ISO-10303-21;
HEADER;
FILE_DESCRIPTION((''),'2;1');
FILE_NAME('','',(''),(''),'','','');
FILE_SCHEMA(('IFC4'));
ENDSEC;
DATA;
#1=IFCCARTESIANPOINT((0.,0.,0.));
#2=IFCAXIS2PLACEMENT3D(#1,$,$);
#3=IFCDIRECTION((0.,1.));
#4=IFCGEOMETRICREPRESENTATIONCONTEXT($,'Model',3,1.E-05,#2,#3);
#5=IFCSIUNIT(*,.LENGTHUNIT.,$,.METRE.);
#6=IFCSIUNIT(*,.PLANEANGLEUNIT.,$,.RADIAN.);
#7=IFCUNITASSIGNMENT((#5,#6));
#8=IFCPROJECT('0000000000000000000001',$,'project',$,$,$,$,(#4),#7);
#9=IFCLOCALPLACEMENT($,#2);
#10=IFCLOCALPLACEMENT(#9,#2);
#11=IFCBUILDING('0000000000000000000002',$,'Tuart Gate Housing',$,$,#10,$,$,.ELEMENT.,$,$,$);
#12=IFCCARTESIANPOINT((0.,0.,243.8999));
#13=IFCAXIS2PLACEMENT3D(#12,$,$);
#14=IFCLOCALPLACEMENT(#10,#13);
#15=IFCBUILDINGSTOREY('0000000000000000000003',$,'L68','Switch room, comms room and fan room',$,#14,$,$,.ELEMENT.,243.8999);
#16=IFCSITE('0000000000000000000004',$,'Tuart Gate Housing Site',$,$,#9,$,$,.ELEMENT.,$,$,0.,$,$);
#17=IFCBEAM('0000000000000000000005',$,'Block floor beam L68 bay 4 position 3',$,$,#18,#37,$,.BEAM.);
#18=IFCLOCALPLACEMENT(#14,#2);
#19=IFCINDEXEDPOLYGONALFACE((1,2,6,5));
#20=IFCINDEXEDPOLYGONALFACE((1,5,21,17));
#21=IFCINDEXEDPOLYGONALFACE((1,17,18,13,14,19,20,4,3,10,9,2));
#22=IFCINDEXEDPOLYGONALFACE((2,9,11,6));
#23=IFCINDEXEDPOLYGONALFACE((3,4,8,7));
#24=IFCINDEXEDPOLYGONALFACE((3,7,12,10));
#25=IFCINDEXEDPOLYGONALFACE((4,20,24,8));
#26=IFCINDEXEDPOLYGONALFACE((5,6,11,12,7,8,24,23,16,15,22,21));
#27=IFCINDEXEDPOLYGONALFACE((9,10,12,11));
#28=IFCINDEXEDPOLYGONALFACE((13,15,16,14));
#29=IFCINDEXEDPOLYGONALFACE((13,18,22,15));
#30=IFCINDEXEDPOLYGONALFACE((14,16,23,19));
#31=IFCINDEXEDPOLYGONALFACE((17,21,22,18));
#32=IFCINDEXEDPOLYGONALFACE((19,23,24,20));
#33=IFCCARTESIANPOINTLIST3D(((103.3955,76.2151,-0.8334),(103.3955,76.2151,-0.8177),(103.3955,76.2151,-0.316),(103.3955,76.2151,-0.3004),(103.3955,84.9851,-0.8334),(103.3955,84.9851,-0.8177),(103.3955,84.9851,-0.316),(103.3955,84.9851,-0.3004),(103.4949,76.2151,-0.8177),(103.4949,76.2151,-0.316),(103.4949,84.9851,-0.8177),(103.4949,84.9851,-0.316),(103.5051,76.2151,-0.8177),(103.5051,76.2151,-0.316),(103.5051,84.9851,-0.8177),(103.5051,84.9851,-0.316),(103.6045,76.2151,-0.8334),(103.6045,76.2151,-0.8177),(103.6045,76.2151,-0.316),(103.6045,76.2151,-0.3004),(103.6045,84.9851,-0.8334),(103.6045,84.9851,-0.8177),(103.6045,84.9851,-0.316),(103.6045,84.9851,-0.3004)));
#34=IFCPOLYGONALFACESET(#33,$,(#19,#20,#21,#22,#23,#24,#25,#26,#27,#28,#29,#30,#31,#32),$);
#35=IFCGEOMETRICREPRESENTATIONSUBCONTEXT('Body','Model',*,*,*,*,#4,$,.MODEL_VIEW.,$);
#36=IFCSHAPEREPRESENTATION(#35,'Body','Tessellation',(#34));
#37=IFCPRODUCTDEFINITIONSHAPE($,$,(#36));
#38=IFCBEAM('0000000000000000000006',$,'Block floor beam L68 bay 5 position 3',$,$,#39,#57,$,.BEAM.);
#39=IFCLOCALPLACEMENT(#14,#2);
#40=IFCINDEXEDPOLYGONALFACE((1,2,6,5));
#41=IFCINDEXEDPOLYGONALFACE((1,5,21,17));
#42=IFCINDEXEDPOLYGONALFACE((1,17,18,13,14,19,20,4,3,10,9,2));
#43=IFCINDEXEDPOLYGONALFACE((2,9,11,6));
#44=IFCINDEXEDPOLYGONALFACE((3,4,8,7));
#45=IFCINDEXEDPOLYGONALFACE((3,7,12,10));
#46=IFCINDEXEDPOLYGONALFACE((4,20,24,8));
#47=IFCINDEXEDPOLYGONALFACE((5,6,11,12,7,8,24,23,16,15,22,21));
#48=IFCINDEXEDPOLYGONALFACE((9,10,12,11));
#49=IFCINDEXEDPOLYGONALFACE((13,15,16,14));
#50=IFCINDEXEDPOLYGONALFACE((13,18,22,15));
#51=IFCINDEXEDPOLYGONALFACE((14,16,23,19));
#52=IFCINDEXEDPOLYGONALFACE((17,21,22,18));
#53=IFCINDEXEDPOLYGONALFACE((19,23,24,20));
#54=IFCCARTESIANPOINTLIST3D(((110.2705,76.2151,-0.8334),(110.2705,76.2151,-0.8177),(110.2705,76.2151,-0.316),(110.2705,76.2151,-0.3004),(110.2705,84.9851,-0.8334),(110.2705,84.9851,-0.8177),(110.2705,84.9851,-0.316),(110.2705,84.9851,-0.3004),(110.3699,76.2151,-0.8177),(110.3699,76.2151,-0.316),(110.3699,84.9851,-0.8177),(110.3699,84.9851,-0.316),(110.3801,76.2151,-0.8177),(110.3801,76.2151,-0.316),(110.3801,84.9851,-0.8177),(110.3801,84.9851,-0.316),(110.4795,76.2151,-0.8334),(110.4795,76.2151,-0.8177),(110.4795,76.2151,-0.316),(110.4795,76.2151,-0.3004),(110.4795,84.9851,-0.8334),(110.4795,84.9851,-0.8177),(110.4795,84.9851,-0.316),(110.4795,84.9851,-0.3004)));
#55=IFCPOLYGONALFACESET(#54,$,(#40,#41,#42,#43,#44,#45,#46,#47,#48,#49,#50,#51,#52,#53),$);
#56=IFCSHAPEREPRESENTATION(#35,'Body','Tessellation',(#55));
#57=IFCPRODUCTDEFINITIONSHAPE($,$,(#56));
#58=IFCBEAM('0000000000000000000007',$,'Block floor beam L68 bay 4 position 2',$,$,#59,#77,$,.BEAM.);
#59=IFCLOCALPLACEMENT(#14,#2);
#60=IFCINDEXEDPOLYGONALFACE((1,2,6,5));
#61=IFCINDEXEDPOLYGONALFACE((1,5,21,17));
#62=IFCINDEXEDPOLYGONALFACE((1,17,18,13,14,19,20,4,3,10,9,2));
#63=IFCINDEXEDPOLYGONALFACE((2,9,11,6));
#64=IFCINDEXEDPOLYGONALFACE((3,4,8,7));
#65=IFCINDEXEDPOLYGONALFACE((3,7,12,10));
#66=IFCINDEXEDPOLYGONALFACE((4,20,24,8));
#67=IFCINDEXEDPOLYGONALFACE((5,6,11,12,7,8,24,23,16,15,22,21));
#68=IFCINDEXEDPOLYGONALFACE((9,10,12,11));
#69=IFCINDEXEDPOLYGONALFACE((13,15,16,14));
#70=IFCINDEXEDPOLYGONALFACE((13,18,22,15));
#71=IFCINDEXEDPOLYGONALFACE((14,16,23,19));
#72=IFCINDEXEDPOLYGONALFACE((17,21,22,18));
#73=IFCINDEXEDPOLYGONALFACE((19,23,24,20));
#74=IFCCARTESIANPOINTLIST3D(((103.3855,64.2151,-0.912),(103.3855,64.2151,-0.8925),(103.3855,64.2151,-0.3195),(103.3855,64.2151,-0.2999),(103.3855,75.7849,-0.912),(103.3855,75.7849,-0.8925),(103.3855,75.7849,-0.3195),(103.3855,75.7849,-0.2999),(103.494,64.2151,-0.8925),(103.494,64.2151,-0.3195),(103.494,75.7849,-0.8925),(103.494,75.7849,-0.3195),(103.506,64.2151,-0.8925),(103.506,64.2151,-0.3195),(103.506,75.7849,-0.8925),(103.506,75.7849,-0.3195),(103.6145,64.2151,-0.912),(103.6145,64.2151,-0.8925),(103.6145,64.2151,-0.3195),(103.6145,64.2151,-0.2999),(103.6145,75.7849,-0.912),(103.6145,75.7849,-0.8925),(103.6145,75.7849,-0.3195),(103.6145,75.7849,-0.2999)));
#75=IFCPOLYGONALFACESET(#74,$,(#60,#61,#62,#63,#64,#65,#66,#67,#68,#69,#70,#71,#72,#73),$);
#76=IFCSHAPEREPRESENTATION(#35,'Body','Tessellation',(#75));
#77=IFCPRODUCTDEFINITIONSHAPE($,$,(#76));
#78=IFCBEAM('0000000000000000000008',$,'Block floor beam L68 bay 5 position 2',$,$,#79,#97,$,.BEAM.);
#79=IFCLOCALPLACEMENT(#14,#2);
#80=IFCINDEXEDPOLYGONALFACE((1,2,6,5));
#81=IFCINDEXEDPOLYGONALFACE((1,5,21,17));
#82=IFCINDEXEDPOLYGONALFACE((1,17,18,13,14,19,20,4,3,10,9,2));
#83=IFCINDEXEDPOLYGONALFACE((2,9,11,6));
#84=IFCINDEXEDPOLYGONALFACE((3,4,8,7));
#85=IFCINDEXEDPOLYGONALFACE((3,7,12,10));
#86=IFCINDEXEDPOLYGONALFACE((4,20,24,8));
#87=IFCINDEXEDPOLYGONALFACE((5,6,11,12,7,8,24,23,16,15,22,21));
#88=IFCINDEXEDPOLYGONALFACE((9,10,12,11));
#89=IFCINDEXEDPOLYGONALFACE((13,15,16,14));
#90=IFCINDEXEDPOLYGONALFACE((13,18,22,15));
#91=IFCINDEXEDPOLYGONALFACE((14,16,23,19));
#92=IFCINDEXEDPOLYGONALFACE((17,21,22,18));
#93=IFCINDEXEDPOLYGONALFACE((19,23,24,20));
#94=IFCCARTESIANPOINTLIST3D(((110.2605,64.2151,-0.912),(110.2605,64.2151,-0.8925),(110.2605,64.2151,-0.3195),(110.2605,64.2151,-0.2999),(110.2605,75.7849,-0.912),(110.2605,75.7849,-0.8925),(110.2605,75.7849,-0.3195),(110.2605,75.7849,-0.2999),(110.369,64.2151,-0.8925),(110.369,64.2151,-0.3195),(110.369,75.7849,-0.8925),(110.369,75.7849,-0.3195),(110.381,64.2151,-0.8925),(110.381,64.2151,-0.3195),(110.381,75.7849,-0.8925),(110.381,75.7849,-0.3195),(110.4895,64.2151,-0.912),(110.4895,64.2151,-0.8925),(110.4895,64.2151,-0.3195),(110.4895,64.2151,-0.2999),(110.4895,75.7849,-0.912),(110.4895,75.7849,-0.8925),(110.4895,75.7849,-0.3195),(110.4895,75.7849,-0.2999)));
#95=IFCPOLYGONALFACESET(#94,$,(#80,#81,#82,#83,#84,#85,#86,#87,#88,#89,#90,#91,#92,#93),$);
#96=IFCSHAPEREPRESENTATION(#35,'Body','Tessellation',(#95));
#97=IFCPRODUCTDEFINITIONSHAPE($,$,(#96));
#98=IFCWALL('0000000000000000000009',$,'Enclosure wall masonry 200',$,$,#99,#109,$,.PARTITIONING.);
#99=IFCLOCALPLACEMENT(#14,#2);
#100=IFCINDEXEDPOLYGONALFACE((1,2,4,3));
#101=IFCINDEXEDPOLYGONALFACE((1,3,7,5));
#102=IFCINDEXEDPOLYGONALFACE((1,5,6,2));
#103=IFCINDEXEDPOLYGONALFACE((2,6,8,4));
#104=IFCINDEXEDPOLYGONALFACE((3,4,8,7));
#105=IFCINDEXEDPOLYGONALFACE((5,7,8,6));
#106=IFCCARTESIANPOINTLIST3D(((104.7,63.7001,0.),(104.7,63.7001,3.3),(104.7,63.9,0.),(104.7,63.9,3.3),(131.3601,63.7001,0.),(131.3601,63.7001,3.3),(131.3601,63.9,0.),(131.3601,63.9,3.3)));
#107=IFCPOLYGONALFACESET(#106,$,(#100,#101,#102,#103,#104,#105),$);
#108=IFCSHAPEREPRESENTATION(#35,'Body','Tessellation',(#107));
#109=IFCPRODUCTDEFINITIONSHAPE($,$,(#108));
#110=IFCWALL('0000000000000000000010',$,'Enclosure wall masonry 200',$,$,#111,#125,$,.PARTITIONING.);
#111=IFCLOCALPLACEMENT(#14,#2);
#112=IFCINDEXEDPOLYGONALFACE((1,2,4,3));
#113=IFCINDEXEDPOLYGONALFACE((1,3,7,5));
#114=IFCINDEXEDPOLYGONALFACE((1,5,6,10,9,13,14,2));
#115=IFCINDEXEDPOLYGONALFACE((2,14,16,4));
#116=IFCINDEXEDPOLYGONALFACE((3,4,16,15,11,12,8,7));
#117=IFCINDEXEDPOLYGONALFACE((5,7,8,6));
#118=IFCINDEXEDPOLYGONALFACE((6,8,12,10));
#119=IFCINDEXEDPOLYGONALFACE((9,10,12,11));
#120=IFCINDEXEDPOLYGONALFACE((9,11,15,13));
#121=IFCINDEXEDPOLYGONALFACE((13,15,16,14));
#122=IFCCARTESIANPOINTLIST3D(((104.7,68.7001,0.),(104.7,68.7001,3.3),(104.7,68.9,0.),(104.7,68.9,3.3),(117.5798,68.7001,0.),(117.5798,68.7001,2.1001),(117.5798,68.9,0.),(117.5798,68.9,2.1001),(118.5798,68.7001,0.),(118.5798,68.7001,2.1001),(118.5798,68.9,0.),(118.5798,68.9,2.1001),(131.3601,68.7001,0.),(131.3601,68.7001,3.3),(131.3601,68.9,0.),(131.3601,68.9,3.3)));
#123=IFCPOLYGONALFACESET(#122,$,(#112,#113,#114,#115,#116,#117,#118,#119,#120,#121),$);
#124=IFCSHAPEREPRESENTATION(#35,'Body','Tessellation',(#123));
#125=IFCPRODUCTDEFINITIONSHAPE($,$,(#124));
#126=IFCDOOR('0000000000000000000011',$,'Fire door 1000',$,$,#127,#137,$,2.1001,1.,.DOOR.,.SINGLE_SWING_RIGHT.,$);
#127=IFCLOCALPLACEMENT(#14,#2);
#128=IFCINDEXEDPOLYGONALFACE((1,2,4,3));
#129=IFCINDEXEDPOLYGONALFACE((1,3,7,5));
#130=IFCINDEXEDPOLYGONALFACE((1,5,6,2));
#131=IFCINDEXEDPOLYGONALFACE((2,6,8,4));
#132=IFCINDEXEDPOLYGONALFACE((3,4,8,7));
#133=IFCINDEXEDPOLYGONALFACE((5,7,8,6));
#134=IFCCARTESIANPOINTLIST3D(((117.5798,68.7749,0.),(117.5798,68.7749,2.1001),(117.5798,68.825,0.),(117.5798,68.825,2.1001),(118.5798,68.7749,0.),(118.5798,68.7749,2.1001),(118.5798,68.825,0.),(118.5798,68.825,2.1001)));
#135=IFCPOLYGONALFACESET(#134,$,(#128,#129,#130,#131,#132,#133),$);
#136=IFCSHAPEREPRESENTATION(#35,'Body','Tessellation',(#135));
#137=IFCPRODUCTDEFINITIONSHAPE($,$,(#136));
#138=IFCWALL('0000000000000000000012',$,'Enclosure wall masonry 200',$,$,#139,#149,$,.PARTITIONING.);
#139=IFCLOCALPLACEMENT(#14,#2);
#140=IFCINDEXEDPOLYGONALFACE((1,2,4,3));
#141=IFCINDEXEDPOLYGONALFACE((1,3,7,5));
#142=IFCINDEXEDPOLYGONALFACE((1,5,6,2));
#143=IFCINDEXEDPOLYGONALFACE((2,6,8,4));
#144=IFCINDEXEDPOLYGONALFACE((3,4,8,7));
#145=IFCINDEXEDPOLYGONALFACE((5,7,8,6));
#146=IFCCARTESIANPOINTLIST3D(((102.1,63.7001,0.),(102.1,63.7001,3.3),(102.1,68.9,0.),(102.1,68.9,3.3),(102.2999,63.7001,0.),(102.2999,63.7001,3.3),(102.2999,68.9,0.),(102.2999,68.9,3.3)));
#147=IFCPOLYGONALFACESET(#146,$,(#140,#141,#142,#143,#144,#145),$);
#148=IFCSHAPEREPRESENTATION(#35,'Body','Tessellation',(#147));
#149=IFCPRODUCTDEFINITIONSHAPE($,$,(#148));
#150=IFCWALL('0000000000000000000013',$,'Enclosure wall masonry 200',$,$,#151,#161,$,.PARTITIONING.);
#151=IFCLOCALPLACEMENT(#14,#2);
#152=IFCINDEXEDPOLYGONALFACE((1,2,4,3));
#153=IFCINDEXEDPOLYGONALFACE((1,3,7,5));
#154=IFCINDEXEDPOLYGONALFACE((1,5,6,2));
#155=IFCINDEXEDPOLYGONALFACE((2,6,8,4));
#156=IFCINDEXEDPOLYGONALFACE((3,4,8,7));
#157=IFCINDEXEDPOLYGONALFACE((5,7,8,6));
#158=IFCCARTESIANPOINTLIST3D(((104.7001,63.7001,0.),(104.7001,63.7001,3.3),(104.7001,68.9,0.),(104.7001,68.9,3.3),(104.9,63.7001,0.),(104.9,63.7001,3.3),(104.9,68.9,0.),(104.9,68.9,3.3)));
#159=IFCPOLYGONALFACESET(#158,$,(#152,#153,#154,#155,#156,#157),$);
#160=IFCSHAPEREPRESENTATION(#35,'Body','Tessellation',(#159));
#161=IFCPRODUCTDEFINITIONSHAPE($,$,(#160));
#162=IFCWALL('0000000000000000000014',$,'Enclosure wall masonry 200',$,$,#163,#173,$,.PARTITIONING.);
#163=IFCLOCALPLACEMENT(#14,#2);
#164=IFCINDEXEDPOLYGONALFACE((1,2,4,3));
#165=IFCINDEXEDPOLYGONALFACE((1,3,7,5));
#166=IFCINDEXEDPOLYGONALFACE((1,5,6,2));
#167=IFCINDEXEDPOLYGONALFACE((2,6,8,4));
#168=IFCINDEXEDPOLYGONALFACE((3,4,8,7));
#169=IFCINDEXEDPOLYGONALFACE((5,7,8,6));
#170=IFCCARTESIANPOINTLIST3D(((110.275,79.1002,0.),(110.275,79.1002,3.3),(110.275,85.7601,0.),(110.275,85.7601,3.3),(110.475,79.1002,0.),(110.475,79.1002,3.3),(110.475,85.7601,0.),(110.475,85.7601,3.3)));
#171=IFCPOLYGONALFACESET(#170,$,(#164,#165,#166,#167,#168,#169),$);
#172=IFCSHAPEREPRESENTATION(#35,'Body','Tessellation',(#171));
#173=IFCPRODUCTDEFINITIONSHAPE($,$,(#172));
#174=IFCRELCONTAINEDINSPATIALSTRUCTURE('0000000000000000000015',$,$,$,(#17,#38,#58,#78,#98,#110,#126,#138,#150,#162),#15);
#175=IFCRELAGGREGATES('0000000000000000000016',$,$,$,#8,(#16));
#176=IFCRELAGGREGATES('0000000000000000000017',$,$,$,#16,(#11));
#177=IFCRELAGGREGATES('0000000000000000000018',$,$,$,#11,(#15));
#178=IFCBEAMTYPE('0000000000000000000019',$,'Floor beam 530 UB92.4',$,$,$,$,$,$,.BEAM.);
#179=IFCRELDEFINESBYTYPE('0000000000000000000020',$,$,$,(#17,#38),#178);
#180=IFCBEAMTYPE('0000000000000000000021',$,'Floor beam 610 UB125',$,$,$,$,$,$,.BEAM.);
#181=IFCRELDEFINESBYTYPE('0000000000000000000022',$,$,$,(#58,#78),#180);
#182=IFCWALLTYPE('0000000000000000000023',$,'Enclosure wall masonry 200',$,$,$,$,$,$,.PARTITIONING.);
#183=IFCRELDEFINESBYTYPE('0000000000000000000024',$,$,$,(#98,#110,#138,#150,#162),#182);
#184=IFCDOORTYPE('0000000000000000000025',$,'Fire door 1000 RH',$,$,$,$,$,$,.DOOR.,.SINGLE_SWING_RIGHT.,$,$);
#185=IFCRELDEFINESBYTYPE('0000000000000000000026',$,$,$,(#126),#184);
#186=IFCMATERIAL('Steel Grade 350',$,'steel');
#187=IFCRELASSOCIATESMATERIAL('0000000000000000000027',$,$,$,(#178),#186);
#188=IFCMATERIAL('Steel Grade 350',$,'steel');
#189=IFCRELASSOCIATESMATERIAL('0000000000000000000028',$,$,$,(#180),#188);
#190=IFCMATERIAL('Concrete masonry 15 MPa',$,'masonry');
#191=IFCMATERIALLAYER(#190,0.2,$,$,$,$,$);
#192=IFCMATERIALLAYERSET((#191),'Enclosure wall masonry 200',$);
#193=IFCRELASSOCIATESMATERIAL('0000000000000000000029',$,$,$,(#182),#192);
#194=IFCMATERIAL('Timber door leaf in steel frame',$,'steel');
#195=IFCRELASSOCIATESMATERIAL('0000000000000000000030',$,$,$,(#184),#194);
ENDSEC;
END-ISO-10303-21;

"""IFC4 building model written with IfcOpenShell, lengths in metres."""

from ifc_helpers import new_model, si_unit, direction, frame, frame_2d, origin, origin_2d, place, context, subcontext, project, spatial, rectangle, i_section, extrude, material, layer, layer_set, material_profile, profile_set, type_object, element, fill, save


model = new_model("IFC4")

# Units and contexts
model_context = context("Model", 3, precision=1e-05, world=origin(), true_north=direction((0.0, 1.0)))
body_context = subcontext(model_context, "Body", "Model", "MODEL_VIEW")
ifc_project = project(units=[si_unit("LENGTHUNIT", "METRE"), si_unit("PLANEANGLEUNIT", "RADIAN")], contexts=[model_context])

# Site, building, storey
site_placement = place(None, origin())
site = spatial("IfcSite", under=ifc_project, at=site_placement, Name="Tuart Gate Housing Site", CompositionType="ELEMENT", RefElevation=0.0)
building_placement = place(site_placement, origin())
building = spatial("IfcBuilding", under=site, at=building_placement, Name="Tuart Gate Housing", CompositionType="ELEMENT")
storey_placement = place(building_placement, frame((0.0, 0.0, 243.8999)))
storey = spatial("IfcBuildingStorey", under=building, at=storey_placement, Name="L68", Description="Switch room, comms room and fan room", CompositionType="ELEMENT", Elevation=243.8999)

# Beams
ifc_material_1 = material(Name="Steel Grade 350", Category="steel")
ifc_material_profile_1 = material_profile(ifc_material_1, i_section(OverallWidth=0.209, OverallDepth=0.533, WebThickness=0.0103, FlangeThickness=0.0156, at=origin_2d()), Name="530UB92.4")
ifc_profile_set_1 = profile_set([ifc_material_profile_1], Name="Steel Grade 350")
beam_type_1 = type_object("IfcBeamType", Name="Floor beam 530 UB92.4", PredefinedType="BEAM", material=ifc_profile_set_1)
for number, where, z_axis, x_axis, name in (
    (1, (103.5, 76.2151, -0.5669), (0.0, 1.0, 0.0), (-1.0, 0.0, 0.0), "Block floor beam L68 bay 4 position 3"),
    (2, (110.375, 76.2151, -0.5669), (0.0, 1.0, 0.0), (-1.0, 0.0, 0.0), "Block floor beam L68 bay 5 position 3"),
):
    element("IfcBeam", number, at=place(storey_placement, frame(where, z_axis=z_axis, x_axis=x_axis)), inside=storey, type_object=beam_type_1, Name=name, PredefinedType="BEAM", context=body_context, shape_type="SweptSolid", body=[
        extrude(i_section(OverallWidth=0.209, OverallDepth=0.533, WebThickness=0.0103, FlangeThickness=0.0156, at=origin_2d()), origin(), (0.0, 0.0, 1.0), 8.77),
    ])
ifc_material_2 = material(Name="Steel Grade 350", Category="steel")
ifc_material_profile_2 = material_profile(ifc_material_2, i_section(OverallWidth=0.229, OverallDepth=0.6121, WebThickness=0.012, FlangeThickness=0.0195, at=origin_2d()), Name="610UB125")
ifc_profile_set_2 = profile_set([ifc_material_profile_2], Name="Steel Grade 350")
beam_type_2 = type_object("IfcBeamType", Name="Floor beam 610 UB125", PredefinedType="BEAM", material=ifc_profile_set_2)
for number, where, z_axis, x_axis, name in (
    (3, (103.5, 64.2151, -0.606), (0.0, 1.0, 0.0), (-1.0, 0.0, 0.0), "Block floor beam L68 bay 4 position 2"),
    (4, (110.375, 64.2151, -0.606), (0.0, 1.0, 0.0), (-1.0, 0.0, 0.0), "Block floor beam L68 bay 5 position 2"),
):
    element("IfcBeam", number, at=place(storey_placement, frame(where, z_axis=z_axis, x_axis=x_axis)), inside=storey, type_object=beam_type_2, Name=name, PredefinedType="BEAM", context=body_context, shape_type="SweptSolid", body=[
        extrude(i_section(OverallWidth=0.229, OverallDepth=0.6121, WebThickness=0.012, FlangeThickness=0.0195, at=origin_2d()), origin(), (0.0, 0.0, 1.0), 11.5698),
    ])

# Wall
ifc_material_3 = material(Name="Concrete masonry 15 MPa", Category="masonry")
ifc_layer = layer(ifc_material_3, 0.2)
ifc_layer_set = layer_set([ifc_layer], Name="Enclosure wall masonry 200")
wall_type = type_object("IfcWallType", Name="Enclosure wall masonry 200", PredefinedType="PARTITIONING", material=ifc_layer_set)
wall_1_placement = place(storey_placement, frame((104.7, 63.8, 0.0), z_axis=(0.0, 0.0, 1.0), x_axis=(1.0, 0.0, 0.0)))
element("IfcWall", 5, at=wall_1_placement, inside=storey, type_object=wall_type, Name="Enclosure wall masonry 200", PredefinedType="PARTITIONING", context=body_context, shape_type="SweptSolid", body=[
    extrude(rectangle(XDim=26.6602, YDim=0.2, at=frame_2d((13.3301, 0.0))), origin(), (0.0, 0.0, 1.0), 3.3),
])

# Wall, opening, door
wall_2_placement = place(storey_placement, frame((104.7, 68.8, 0.0), z_axis=(0.0, 0.0, 1.0), x_axis=(1.0, 0.0, 0.0)))
wall_2 = element("IfcWall", 6, at=wall_2_placement, inside=storey, type_object=wall_type, Name="Enclosure wall masonry 200", PredefinedType="PARTITIONING", context=body_context, shape_type="SweptSolid", body=[
    extrude(rectangle(XDim=26.6602, YDim=0.2, at=frame_2d((13.3301, 0.0))), origin(), (0.0, 0.0, 1.0), 3.3),
])
opening_placement = place(wall_2_placement, frame((12.8799, 0.0, 0.0)))
opening = element("IfcOpeningElement", 7, at=opening_placement, cuts=wall_2, PredefinedType="OPENING", context=body_context, shape_type="SweptSolid", body=[
    extrude(rectangle(XDim=1.0, YDim=2.1001, at=frame_2d((0.5, 1.05))), frame((0.0, 0.1099, 0.0), z_axis=(0.0, -1.0, 0.0), x_axis=(1.0, 0.0, 0.0)), (0.0, 0.0, 1.0), 0.22),
])
ifc_material_4 = material(Name="Timber door leaf in steel frame", Category="steel")
door_type = type_object("IfcDoorType", Name="Fire door 1000 RH", OperationType="SINGLE_SWING_RIGHT", PredefinedType="DOOR", material=ifc_material_4)
door_placement = place(opening_placement, frame((1.0, 0.0, 0.0), z_axis=(0.0, 0.0, 1.0), x_axis=(-1.0, 0.0, 0.0)))
door = element("IfcDoor", 8, at=door_placement, inside=storey, type_object=door_type, Name="Fire door 1000", OperationType="SINGLE_SWING_RIGHT", OverallHeight=2.1001, OverallWidth=1.0, PredefinedType="DOOR", context=body_context, shape_type="SweptSolid", body=[
    extrude(rectangle(XDim=1.0, YDim=2.1001, at=frame_2d((0.5, 1.05))), frame((0.0, 0.0251, 0.0), z_axis=(0.0, -1.0, 0.0), x_axis=(1.0, 0.0, 0.0)), (0.0, 0.0, 1.0), 0.05),
])
fill(opening, door)

# Walls
for number, where, z_axis, x_axis, name in (
    (9, (102.2, 63.7, 0.0), (0.0, 0.0, 1.0), (0.0, 1.0, 0.0), "Enclosure wall masonry 200"),
    (10, (104.8, 63.7, 0.0), (0.0, 0.0, 1.0), (0.0, 1.0, 0.0), "Enclosure wall masonry 200"),
):
    element("IfcWall", number, at=place(storey_placement, frame(where, z_axis=z_axis, x_axis=x_axis)), inside=storey, type_object=wall_type, Name=name, PredefinedType="PARTITIONING", context=body_context, shape_type="SweptSolid", body=[
        extrude(rectangle(XDim=5.2, YDim=0.2, at=frame_2d((2.6001, 0.0))), origin(), (0.0, 0.0, 1.0), 3.3),
    ])
wall_3_placement = place(storey_placement, frame((110.375, 79.1001, 0.0), z_axis=(0.0, 0.0, 1.0), x_axis=(0.0, 1.0, 0.0)))
element("IfcWall", 11, at=wall_3_placement, inside=storey, type_object=wall_type, Name="Enclosure wall masonry 200", PredefinedType="PARTITIONING", context=body_context, shape_type="SweptSolid", body=[
    extrude(rectangle(XDim=6.6599, YDim=0.2, at=frame_2d((3.3301, 0.0))), origin(), (0.0, 0.0, 1.0), 3.3),
])

save(model, "model.ifc")
